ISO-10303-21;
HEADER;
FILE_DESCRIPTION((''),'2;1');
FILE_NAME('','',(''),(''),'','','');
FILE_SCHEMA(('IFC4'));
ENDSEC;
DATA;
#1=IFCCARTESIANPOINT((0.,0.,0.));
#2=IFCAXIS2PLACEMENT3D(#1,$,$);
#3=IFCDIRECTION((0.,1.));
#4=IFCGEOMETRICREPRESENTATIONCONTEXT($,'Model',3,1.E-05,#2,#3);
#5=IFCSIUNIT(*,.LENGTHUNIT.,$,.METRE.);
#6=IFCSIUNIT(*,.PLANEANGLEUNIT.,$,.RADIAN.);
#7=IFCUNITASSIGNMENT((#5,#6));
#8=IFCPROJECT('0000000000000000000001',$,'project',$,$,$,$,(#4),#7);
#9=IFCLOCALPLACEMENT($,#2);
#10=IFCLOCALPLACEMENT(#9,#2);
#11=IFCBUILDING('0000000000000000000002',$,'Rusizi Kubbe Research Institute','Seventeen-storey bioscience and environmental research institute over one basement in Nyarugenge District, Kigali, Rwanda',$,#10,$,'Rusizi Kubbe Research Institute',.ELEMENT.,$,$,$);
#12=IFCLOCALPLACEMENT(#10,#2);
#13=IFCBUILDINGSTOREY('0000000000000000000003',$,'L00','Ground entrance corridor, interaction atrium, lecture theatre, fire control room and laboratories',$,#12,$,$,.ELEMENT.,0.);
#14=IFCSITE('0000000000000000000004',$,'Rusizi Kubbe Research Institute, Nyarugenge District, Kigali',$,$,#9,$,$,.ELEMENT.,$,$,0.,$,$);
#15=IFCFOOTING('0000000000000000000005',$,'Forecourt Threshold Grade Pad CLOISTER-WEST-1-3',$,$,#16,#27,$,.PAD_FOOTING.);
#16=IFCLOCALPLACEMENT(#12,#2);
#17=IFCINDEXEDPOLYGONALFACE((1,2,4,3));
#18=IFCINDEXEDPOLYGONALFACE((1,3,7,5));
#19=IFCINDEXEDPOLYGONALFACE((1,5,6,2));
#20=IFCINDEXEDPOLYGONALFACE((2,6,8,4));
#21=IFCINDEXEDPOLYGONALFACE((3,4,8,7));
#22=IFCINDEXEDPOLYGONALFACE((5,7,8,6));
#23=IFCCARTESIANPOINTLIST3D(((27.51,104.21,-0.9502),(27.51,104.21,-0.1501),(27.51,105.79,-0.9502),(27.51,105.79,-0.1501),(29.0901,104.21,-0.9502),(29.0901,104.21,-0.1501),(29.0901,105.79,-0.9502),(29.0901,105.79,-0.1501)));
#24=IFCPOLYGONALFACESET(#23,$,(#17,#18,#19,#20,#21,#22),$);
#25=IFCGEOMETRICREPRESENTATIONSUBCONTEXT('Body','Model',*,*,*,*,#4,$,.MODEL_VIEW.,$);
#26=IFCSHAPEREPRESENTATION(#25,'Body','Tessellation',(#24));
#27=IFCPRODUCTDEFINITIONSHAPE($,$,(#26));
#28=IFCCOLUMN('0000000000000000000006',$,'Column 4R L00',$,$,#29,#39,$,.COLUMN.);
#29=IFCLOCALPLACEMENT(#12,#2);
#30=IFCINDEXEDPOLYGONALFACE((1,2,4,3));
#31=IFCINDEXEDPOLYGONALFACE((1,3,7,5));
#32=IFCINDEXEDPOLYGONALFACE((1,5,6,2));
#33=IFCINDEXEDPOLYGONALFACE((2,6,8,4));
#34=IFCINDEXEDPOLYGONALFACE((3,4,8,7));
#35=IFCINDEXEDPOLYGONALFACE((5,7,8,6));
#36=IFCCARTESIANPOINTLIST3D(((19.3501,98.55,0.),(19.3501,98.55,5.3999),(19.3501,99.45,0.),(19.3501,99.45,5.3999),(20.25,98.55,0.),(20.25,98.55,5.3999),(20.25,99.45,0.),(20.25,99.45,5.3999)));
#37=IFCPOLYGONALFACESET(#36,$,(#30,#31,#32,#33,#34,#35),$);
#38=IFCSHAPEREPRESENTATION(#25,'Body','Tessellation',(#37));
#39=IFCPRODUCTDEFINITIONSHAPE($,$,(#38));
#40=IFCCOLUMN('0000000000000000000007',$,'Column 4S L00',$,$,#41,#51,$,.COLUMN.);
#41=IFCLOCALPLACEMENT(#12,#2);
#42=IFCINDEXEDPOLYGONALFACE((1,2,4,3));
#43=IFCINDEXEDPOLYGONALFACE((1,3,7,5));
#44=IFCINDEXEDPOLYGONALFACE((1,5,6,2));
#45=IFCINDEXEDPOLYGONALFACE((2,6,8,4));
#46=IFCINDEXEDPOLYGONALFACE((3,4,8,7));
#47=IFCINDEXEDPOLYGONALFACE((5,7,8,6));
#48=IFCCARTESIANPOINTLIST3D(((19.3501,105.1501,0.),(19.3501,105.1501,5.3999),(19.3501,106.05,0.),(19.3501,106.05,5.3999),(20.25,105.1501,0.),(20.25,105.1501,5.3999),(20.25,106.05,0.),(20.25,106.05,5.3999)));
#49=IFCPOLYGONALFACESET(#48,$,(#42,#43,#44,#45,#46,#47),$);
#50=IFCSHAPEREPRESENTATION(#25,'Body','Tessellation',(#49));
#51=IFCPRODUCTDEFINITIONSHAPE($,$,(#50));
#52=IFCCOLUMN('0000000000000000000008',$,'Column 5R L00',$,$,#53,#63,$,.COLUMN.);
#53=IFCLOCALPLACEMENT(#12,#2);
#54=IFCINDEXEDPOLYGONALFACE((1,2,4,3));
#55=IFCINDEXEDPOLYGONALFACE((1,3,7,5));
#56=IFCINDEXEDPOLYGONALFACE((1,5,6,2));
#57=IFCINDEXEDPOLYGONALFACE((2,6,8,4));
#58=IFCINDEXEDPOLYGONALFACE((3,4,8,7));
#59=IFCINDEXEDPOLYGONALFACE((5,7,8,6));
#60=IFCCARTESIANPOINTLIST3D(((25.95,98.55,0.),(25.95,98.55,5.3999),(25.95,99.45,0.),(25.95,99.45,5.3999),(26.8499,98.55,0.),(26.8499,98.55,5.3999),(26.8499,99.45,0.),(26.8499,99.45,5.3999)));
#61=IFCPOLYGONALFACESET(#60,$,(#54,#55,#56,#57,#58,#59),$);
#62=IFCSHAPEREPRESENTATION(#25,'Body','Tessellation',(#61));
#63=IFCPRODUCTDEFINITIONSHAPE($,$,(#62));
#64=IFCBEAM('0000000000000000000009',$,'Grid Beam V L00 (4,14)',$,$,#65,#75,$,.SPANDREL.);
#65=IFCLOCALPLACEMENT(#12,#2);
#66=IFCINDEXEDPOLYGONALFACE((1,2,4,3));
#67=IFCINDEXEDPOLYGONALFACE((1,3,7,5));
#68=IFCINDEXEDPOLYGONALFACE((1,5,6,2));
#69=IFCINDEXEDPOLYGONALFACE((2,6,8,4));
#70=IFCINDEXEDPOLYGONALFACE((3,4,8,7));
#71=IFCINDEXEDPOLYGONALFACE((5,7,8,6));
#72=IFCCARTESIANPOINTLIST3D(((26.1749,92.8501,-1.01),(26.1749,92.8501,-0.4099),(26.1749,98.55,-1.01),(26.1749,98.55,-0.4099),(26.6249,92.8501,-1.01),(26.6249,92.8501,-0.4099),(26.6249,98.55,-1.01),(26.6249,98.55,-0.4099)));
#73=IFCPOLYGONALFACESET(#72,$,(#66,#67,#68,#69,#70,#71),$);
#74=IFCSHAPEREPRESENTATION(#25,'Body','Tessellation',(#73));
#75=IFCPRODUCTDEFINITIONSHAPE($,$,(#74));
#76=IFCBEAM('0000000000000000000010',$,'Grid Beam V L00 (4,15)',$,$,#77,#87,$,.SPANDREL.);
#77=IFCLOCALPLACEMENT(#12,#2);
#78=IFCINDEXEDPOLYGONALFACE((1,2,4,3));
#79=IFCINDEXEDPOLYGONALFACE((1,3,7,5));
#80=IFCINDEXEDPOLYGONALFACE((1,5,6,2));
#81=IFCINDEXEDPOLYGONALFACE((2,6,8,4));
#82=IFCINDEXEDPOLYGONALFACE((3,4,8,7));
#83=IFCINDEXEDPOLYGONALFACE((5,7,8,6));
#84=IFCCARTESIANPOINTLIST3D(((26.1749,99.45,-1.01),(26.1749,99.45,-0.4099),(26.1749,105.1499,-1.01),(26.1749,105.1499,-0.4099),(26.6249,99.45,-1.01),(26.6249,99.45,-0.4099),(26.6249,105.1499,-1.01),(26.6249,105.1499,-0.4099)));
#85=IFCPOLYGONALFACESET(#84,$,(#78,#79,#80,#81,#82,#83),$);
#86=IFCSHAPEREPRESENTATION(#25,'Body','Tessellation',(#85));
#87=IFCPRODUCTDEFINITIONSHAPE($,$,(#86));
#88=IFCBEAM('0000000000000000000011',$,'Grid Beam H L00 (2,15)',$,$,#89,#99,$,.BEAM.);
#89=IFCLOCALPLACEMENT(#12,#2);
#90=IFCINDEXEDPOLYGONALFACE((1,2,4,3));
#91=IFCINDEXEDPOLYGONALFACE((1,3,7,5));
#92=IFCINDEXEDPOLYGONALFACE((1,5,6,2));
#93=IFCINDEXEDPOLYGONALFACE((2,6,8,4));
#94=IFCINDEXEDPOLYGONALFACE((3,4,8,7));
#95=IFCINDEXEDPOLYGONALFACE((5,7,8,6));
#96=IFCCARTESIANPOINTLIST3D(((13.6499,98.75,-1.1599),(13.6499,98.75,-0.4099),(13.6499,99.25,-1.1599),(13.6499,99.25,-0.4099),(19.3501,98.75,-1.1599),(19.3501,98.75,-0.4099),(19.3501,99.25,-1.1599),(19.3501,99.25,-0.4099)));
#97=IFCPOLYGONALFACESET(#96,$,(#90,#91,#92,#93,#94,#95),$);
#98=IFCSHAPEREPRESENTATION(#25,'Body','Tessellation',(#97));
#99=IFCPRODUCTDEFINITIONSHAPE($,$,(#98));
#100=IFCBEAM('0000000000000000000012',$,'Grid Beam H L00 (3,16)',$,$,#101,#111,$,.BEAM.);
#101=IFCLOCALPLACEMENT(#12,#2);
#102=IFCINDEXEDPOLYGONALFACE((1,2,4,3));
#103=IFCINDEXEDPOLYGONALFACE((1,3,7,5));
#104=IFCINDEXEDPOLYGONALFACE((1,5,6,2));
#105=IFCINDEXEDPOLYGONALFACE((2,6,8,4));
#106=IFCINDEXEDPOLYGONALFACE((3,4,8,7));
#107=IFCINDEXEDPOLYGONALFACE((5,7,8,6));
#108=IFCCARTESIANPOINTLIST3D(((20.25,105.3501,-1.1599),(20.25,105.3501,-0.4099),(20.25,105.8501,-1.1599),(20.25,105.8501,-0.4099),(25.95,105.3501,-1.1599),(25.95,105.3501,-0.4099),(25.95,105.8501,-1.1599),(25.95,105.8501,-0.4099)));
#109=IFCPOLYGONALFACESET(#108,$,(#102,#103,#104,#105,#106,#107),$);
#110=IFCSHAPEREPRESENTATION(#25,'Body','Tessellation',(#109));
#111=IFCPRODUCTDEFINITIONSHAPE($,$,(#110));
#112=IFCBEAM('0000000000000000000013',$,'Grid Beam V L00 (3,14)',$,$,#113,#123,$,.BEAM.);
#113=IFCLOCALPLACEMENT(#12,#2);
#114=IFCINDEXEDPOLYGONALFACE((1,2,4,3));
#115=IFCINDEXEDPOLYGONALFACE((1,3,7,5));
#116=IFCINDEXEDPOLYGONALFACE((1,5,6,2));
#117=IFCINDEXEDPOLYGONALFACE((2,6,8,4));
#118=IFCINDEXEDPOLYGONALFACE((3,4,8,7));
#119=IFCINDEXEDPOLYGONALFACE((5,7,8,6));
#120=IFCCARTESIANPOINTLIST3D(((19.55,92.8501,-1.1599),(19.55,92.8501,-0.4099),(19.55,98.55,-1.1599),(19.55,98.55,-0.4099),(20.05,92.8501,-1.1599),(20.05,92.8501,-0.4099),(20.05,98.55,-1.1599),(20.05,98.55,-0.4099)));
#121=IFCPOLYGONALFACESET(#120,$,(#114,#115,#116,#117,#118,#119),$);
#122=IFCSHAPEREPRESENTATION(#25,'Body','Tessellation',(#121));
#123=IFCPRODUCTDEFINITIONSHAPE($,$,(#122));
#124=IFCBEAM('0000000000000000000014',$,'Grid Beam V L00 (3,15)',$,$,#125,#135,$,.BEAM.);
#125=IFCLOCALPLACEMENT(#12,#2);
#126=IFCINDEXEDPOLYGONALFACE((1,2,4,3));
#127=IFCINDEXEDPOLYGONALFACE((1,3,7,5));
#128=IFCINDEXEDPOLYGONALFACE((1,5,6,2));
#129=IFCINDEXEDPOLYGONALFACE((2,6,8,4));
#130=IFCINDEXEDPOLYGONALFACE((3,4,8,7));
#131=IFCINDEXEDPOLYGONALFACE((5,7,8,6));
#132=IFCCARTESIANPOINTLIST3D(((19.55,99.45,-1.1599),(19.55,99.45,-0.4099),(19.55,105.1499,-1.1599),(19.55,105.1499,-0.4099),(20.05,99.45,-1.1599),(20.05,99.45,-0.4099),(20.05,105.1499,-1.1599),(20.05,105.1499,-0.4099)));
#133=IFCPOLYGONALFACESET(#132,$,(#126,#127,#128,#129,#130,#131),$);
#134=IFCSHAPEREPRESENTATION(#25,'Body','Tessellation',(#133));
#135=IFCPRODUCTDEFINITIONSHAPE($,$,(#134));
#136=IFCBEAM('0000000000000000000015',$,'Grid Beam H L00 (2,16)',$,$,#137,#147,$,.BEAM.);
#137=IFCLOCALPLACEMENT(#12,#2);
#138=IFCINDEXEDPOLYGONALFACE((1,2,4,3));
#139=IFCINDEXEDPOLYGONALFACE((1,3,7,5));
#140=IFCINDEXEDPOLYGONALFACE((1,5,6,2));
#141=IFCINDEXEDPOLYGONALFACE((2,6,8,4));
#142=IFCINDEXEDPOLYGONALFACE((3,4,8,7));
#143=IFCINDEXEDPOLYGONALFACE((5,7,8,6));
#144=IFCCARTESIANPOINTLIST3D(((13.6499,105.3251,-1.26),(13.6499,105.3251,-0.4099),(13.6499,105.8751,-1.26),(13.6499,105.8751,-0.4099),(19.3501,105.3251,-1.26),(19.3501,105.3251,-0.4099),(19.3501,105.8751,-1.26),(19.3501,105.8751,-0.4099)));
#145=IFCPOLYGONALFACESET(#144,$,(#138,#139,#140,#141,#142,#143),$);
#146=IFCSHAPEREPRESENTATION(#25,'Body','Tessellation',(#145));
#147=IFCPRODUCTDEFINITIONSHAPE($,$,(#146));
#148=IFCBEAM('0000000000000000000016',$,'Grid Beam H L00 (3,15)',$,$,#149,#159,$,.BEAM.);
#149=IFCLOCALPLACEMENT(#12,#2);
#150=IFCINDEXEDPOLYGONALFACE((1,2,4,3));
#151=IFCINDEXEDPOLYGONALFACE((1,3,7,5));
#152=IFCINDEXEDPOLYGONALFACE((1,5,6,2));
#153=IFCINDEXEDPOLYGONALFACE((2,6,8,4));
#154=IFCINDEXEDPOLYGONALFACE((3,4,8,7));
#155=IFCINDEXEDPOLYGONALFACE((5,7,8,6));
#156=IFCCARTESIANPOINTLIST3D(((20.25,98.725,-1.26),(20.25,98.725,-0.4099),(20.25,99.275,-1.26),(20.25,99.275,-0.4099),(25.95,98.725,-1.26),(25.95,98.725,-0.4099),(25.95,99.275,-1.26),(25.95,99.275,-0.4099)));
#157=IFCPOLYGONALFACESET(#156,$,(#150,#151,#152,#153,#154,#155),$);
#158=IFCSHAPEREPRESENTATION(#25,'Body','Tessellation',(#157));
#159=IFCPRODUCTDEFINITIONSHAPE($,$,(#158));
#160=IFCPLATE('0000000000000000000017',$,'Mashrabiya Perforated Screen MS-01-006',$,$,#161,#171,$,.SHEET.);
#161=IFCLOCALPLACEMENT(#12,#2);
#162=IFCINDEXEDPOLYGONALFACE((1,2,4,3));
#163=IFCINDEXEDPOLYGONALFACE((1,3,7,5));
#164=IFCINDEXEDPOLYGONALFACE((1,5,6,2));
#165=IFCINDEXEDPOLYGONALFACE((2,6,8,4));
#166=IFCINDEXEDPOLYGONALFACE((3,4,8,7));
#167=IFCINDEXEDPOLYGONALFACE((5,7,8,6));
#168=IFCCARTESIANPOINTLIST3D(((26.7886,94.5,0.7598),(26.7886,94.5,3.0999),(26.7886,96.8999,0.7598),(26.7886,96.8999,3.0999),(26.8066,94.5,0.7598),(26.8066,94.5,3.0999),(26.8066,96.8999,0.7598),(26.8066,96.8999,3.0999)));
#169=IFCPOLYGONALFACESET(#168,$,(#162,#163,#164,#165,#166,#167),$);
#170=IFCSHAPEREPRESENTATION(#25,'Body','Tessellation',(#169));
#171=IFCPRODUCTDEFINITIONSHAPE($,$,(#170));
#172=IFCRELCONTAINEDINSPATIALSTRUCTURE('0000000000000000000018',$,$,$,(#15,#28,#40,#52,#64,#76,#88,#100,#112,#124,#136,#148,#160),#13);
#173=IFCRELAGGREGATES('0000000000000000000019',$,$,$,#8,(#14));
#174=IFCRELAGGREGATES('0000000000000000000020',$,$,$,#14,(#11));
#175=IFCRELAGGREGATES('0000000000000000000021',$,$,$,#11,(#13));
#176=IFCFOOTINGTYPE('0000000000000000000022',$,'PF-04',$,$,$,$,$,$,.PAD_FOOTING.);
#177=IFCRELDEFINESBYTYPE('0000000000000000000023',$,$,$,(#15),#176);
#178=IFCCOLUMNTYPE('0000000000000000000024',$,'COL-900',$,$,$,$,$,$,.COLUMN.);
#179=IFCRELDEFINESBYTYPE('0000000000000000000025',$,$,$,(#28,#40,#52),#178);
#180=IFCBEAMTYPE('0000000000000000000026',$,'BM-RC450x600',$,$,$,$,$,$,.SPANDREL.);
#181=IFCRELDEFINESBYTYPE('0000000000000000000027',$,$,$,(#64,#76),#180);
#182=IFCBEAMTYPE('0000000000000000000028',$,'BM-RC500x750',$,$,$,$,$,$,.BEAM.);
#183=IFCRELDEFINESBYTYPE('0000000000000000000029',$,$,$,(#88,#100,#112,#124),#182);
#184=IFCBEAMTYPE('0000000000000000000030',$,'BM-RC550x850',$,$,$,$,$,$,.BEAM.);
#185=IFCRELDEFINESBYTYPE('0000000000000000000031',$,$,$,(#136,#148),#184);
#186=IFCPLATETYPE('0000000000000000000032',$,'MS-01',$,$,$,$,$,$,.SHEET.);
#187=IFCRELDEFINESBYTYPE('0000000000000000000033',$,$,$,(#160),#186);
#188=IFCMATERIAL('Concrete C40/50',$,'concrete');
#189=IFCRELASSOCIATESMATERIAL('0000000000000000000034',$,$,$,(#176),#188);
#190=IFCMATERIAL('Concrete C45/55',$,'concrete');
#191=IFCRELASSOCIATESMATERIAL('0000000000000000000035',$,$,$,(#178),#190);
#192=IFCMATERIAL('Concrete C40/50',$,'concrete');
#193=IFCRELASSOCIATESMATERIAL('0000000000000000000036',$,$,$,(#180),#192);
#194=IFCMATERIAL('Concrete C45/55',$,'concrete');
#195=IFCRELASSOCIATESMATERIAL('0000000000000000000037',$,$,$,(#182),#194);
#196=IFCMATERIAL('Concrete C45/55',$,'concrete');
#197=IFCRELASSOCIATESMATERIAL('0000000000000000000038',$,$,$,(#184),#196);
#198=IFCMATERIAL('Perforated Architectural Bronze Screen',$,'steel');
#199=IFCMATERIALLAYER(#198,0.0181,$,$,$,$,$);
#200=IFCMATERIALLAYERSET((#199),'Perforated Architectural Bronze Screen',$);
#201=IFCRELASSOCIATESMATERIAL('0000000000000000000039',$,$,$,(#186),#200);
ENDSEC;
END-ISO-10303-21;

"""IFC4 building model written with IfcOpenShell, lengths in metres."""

from ifc_helpers import new_model, si_unit, direction, frame, origin, origin_2d, place, context, subcontext, project, spatial, rectangle, extrude, material, layer, layer_set, material_profile, profile_set, type_object, element, save


model = new_model("IFC4")

# Units and contexts
model_context = context("Model", 3, precision=1e-05, world=origin(), true_north=direction((0.0, 1.0)))
body_context = subcontext(model_context, "Body", "Model", "MODEL_VIEW")
ifc_project = project(units=[si_unit("LENGTHUNIT", "METRE"), si_unit("PLANEANGLEUNIT", "RADIAN")], contexts=[model_context])

# Site, building, storey
site_placement = place(None, origin())
site = spatial("IfcSite", under=ifc_project, at=site_placement, Name="Rusizi Kubbe Research Institute, Nyarugenge District, Kigali", CompositionType="ELEMENT", RefElevation=0.0)
building_placement = place(site_placement, origin())
building = spatial("IfcBuilding", under=site, at=building_placement, Name="Rusizi Kubbe Research Institute", Description="Seventeen-storey bioscience and environmental research institute over one basement in Nyarugenge District, Kigali, Rwanda", LongName="Rusizi Kubbe Research Institute", CompositionType="ELEMENT")
storey_placement = place(building_placement, origin())
storey = spatial("IfcBuildingStorey", under=building, at=storey_placement, Name="L00", Description="Ground entrance corridor, interaction atrium, lecture theatre, fire control room and laboratories", CompositionType="ELEMENT", Elevation=0.0)

# Footing
ifc_material_1 = material(Name="Concrete C40/50", Category="concrete")
footing_type = type_object("IfcFootingType", Name="PF-04", PredefinedType="PAD_FOOTING", material=ifc_material_1)
footing_placement = place(storey_placement, frame((28.3, 105.0, -0.9502), z_axis=(0.0, 0.0, 1.0), x_axis=(1.0, 0.0, 0.0)))
element("IfcFooting", 1, at=footing_placement, inside=storey, type_object=footing_type, Name="Forecourt Threshold Grade Pad CLOISTER-WEST-1-3", PredefinedType="PAD_FOOTING", context=body_context, shape_type="SweptSolid", body=[
    extrude(rectangle(XDim=1.5801, YDim=1.5801, at=origin_2d()), origin(), (0.0, 0.0, 1.0), 0.8),
])

# Columns
ifc_material_2 = material(Name="Concrete C45/55", Category="concrete")
ifc_material_profile_1 = material_profile(ifc_material_2, rectangle(XDim=0.8999, YDim=0.8999, at=origin_2d()), Name="RC900x900")
ifc_profile_set_1 = profile_set([ifc_material_profile_1], Name="Concrete C45/55")
column_type = type_object("IfcColumnType", Name="COL-900", PredefinedType="COLUMN", material=ifc_profile_set_1)
for number, where, z_axis, x_axis, name in (
    (2, (19.8, 99.0, 0.0), (0.0, 0.0, 1.0), (1.0, 0.0, 0.0), "Column 4R L00"),
    (3, (19.8, 105.6001, 0.0), (0.0, 0.0, 1.0), (1.0, 0.0, 0.0), "Column 4S L00"),
    (4, (26.3999, 99.0, 0.0), (0.0, 0.0, 1.0), (1.0, 0.0, 0.0), "Column 5R L00"),
):
    element("IfcColumn", number, at=place(storey_placement, frame(where, z_axis=z_axis, x_axis=x_axis)), inside=storey, type_object=column_type, Name=name, PredefinedType="COLUMN", context=body_context, shape_type="SweptSolid", body=[
        extrude(rectangle(XDim=0.8999, YDim=0.8999, at=origin_2d()), origin(), (0.0, 0.0, 1.0), 5.3999),
    ])

# Beams
ifc_material_3 = material(Name="Concrete C40/50", Category="concrete")
ifc_material_profile_2 = material_profile(ifc_material_3, rectangle(XDim=0.45, YDim=0.6001, at=origin_2d()), Name="RC450x600")
ifc_profile_set_2 = profile_set([ifc_material_profile_2], Name="Concrete C40/50")
beam_type_1 = type_object("IfcBeamType", Name="BM-RC450x600", PredefinedType="SPANDREL", material=ifc_profile_set_2)
for number, where, z_axis, x_axis, name in (
    (5, (26.3999, 92.8501, -0.71), (0.0, 1.0, 0.0), (-1.0, 0.0, 0.0), "Grid Beam V L00 (4,14)"),
    (6, (26.3999, 99.45, -0.71), (0.0, 1.0, 0.0), (-1.0, 0.0, 0.0), "Grid Beam V L00 (4,15)"),
):
    element("IfcBeam", number, at=place(storey_placement, frame(where, z_axis=z_axis, x_axis=x_axis)), inside=storey, type_object=beam_type_1, Name=name, PredefinedType="SPANDREL", context=body_context, shape_type="SweptSolid", body=[
        extrude(rectangle(XDim=0.45, YDim=0.6001, at=origin_2d()), origin(), (0.0, 0.0, 1.0), 5.7),
    ])
ifc_material_4 = material(Name="Concrete C45/55", Category="concrete")
ifc_material_profile_3 = material_profile(ifc_material_4, rectangle(XDim=0.5, YDim=0.75, at=origin_2d()), Name="RC500x750B")
ifc_profile_set_3 = profile_set([ifc_material_profile_3], Name="Concrete C45/55")
beam_type_2 = type_object("IfcBeamType", Name="BM-RC500x750", PredefinedType="BEAM", material=ifc_profile_set_3)
beam_1_placement = place(storey_placement, frame((13.6499, 99.0, -0.7849), z_axis=(1.0, 0.0, 0.0), x_axis=(0.0, 1.0, 0.0)))
element("IfcBeam", 7, at=beam_1_placement, inside=storey, type_object=beam_type_2, Name="Grid Beam H L00 (2,15)", PredefinedType="BEAM", context=body_context, shape_type="SweptSolid", body=[
    extrude(rectangle(XDim=0.5, YDim=0.75, at=origin_2d()), origin(), (0.0, 0.0, 1.0), 5.7002),
])
for number, where, z_axis, x_axis, name in (
    (8, (20.25, 105.6001, -0.7849), (1.0, 0.0, 0.0), (0.0, 1.0, 0.0), "Grid Beam H L00 (3,16)"),
    (9, (19.8, 92.8501, -0.7849), (0.0, 1.0, 0.0), (-1.0, 0.0, 0.0), "Grid Beam V L00 (3,14)"),
    (10, (19.8, 99.45, -0.7849), (0.0, 1.0, 0.0), (-1.0, 0.0, 0.0), "Grid Beam V L00 (3,15)"),
):
    element("IfcBeam", number, at=place(storey_placement, frame(where, z_axis=z_axis, x_axis=x_axis)), inside=storey, type_object=beam_type_2, Name=name, PredefinedType="BEAM", context=body_context, shape_type="SweptSolid", body=[
        extrude(rectangle(XDim=0.5, YDim=0.75, at=origin_2d()), origin(), (0.0, 0.0, 1.0), 5.7),
    ])
ifc_material_5 = material(Name="Concrete C45/55", Category="concrete")
ifc_material_profile_4 = material_profile(ifc_material_5, rectangle(XDim=0.55, YDim=0.8501, at=origin_2d()), Name="RC550x850")
ifc_profile_set_4 = profile_set([ifc_material_profile_4], Name="Concrete C45/55")
beam_type_3 = type_object("IfcBeamType", Name="BM-RC550x850", PredefinedType="BEAM", material=ifc_profile_set_4)
beam_2_placement = place(storey_placement, frame((13.6499, 105.6001, -0.835), z_axis=(1.0, 0.0, 0.0), x_axis=(0.0, 1.0, 0.0)))
element("IfcBeam", 11, at=beam_2_placement, inside=storey, type_object=beam_type_3, Name="Grid Beam H L00 (2,16)", PredefinedType="BEAM", context=body_context, shape_type="SweptSolid", body=[
    extrude(rectangle(XDim=0.55, YDim=0.8501, at=origin_2d()), origin(), (0.0, 0.0, 1.0), 5.7002),
])
beam_3_placement = place(storey_placement, frame((20.25, 99.0, -0.835), z_axis=(1.0, 0.0, 0.0), x_axis=(0.0, 1.0, 0.0)))
element("IfcBeam", 12, at=beam_3_placement, inside=storey, type_object=beam_type_3, Name="Grid Beam H L00 (3,15)", PredefinedType="BEAM", context=body_context, shape_type="SweptSolid", body=[
    extrude(rectangle(XDim=0.55, YDim=0.8501, at=origin_2d()), origin(), (0.0, 0.0, 1.0), 5.7),
])

# Plate
ifc_material_6 = material(Name="Perforated Architectural Bronze Screen", Category="steel")
ifc_layer_1 = layer(ifc_material_6, 0.0181)
ifc_layer_set_1 = layer_set([ifc_layer_1], Name="Perforated Architectural Bronze Screen")
plate_type = type_object("IfcPlateType", Name="MS-01", PredefinedType="SHEET", material=ifc_layer_set_1)
plate_placement = place(storey_placement, frame((26.7976, 95.7, 0.7598), z_axis=(0.0, 0.0, 1.0), x_axis=(0.0, 1.0, 0.0)))
element("IfcPlate", 13, at=plate_placement, inside=storey, type_object=plate_type, Name="Mashrabiya Perforated Screen MS-01-006", PredefinedType="SHEET", context=body_context, shape_type="SweptSolid", body=[
    extrude(rectangle(XDim=2.3999, YDim=0.0181, at=origin_2d()), origin(), (0.0, 0.0, 1.0), 2.3401),
])

save(model, "model.ifc")
